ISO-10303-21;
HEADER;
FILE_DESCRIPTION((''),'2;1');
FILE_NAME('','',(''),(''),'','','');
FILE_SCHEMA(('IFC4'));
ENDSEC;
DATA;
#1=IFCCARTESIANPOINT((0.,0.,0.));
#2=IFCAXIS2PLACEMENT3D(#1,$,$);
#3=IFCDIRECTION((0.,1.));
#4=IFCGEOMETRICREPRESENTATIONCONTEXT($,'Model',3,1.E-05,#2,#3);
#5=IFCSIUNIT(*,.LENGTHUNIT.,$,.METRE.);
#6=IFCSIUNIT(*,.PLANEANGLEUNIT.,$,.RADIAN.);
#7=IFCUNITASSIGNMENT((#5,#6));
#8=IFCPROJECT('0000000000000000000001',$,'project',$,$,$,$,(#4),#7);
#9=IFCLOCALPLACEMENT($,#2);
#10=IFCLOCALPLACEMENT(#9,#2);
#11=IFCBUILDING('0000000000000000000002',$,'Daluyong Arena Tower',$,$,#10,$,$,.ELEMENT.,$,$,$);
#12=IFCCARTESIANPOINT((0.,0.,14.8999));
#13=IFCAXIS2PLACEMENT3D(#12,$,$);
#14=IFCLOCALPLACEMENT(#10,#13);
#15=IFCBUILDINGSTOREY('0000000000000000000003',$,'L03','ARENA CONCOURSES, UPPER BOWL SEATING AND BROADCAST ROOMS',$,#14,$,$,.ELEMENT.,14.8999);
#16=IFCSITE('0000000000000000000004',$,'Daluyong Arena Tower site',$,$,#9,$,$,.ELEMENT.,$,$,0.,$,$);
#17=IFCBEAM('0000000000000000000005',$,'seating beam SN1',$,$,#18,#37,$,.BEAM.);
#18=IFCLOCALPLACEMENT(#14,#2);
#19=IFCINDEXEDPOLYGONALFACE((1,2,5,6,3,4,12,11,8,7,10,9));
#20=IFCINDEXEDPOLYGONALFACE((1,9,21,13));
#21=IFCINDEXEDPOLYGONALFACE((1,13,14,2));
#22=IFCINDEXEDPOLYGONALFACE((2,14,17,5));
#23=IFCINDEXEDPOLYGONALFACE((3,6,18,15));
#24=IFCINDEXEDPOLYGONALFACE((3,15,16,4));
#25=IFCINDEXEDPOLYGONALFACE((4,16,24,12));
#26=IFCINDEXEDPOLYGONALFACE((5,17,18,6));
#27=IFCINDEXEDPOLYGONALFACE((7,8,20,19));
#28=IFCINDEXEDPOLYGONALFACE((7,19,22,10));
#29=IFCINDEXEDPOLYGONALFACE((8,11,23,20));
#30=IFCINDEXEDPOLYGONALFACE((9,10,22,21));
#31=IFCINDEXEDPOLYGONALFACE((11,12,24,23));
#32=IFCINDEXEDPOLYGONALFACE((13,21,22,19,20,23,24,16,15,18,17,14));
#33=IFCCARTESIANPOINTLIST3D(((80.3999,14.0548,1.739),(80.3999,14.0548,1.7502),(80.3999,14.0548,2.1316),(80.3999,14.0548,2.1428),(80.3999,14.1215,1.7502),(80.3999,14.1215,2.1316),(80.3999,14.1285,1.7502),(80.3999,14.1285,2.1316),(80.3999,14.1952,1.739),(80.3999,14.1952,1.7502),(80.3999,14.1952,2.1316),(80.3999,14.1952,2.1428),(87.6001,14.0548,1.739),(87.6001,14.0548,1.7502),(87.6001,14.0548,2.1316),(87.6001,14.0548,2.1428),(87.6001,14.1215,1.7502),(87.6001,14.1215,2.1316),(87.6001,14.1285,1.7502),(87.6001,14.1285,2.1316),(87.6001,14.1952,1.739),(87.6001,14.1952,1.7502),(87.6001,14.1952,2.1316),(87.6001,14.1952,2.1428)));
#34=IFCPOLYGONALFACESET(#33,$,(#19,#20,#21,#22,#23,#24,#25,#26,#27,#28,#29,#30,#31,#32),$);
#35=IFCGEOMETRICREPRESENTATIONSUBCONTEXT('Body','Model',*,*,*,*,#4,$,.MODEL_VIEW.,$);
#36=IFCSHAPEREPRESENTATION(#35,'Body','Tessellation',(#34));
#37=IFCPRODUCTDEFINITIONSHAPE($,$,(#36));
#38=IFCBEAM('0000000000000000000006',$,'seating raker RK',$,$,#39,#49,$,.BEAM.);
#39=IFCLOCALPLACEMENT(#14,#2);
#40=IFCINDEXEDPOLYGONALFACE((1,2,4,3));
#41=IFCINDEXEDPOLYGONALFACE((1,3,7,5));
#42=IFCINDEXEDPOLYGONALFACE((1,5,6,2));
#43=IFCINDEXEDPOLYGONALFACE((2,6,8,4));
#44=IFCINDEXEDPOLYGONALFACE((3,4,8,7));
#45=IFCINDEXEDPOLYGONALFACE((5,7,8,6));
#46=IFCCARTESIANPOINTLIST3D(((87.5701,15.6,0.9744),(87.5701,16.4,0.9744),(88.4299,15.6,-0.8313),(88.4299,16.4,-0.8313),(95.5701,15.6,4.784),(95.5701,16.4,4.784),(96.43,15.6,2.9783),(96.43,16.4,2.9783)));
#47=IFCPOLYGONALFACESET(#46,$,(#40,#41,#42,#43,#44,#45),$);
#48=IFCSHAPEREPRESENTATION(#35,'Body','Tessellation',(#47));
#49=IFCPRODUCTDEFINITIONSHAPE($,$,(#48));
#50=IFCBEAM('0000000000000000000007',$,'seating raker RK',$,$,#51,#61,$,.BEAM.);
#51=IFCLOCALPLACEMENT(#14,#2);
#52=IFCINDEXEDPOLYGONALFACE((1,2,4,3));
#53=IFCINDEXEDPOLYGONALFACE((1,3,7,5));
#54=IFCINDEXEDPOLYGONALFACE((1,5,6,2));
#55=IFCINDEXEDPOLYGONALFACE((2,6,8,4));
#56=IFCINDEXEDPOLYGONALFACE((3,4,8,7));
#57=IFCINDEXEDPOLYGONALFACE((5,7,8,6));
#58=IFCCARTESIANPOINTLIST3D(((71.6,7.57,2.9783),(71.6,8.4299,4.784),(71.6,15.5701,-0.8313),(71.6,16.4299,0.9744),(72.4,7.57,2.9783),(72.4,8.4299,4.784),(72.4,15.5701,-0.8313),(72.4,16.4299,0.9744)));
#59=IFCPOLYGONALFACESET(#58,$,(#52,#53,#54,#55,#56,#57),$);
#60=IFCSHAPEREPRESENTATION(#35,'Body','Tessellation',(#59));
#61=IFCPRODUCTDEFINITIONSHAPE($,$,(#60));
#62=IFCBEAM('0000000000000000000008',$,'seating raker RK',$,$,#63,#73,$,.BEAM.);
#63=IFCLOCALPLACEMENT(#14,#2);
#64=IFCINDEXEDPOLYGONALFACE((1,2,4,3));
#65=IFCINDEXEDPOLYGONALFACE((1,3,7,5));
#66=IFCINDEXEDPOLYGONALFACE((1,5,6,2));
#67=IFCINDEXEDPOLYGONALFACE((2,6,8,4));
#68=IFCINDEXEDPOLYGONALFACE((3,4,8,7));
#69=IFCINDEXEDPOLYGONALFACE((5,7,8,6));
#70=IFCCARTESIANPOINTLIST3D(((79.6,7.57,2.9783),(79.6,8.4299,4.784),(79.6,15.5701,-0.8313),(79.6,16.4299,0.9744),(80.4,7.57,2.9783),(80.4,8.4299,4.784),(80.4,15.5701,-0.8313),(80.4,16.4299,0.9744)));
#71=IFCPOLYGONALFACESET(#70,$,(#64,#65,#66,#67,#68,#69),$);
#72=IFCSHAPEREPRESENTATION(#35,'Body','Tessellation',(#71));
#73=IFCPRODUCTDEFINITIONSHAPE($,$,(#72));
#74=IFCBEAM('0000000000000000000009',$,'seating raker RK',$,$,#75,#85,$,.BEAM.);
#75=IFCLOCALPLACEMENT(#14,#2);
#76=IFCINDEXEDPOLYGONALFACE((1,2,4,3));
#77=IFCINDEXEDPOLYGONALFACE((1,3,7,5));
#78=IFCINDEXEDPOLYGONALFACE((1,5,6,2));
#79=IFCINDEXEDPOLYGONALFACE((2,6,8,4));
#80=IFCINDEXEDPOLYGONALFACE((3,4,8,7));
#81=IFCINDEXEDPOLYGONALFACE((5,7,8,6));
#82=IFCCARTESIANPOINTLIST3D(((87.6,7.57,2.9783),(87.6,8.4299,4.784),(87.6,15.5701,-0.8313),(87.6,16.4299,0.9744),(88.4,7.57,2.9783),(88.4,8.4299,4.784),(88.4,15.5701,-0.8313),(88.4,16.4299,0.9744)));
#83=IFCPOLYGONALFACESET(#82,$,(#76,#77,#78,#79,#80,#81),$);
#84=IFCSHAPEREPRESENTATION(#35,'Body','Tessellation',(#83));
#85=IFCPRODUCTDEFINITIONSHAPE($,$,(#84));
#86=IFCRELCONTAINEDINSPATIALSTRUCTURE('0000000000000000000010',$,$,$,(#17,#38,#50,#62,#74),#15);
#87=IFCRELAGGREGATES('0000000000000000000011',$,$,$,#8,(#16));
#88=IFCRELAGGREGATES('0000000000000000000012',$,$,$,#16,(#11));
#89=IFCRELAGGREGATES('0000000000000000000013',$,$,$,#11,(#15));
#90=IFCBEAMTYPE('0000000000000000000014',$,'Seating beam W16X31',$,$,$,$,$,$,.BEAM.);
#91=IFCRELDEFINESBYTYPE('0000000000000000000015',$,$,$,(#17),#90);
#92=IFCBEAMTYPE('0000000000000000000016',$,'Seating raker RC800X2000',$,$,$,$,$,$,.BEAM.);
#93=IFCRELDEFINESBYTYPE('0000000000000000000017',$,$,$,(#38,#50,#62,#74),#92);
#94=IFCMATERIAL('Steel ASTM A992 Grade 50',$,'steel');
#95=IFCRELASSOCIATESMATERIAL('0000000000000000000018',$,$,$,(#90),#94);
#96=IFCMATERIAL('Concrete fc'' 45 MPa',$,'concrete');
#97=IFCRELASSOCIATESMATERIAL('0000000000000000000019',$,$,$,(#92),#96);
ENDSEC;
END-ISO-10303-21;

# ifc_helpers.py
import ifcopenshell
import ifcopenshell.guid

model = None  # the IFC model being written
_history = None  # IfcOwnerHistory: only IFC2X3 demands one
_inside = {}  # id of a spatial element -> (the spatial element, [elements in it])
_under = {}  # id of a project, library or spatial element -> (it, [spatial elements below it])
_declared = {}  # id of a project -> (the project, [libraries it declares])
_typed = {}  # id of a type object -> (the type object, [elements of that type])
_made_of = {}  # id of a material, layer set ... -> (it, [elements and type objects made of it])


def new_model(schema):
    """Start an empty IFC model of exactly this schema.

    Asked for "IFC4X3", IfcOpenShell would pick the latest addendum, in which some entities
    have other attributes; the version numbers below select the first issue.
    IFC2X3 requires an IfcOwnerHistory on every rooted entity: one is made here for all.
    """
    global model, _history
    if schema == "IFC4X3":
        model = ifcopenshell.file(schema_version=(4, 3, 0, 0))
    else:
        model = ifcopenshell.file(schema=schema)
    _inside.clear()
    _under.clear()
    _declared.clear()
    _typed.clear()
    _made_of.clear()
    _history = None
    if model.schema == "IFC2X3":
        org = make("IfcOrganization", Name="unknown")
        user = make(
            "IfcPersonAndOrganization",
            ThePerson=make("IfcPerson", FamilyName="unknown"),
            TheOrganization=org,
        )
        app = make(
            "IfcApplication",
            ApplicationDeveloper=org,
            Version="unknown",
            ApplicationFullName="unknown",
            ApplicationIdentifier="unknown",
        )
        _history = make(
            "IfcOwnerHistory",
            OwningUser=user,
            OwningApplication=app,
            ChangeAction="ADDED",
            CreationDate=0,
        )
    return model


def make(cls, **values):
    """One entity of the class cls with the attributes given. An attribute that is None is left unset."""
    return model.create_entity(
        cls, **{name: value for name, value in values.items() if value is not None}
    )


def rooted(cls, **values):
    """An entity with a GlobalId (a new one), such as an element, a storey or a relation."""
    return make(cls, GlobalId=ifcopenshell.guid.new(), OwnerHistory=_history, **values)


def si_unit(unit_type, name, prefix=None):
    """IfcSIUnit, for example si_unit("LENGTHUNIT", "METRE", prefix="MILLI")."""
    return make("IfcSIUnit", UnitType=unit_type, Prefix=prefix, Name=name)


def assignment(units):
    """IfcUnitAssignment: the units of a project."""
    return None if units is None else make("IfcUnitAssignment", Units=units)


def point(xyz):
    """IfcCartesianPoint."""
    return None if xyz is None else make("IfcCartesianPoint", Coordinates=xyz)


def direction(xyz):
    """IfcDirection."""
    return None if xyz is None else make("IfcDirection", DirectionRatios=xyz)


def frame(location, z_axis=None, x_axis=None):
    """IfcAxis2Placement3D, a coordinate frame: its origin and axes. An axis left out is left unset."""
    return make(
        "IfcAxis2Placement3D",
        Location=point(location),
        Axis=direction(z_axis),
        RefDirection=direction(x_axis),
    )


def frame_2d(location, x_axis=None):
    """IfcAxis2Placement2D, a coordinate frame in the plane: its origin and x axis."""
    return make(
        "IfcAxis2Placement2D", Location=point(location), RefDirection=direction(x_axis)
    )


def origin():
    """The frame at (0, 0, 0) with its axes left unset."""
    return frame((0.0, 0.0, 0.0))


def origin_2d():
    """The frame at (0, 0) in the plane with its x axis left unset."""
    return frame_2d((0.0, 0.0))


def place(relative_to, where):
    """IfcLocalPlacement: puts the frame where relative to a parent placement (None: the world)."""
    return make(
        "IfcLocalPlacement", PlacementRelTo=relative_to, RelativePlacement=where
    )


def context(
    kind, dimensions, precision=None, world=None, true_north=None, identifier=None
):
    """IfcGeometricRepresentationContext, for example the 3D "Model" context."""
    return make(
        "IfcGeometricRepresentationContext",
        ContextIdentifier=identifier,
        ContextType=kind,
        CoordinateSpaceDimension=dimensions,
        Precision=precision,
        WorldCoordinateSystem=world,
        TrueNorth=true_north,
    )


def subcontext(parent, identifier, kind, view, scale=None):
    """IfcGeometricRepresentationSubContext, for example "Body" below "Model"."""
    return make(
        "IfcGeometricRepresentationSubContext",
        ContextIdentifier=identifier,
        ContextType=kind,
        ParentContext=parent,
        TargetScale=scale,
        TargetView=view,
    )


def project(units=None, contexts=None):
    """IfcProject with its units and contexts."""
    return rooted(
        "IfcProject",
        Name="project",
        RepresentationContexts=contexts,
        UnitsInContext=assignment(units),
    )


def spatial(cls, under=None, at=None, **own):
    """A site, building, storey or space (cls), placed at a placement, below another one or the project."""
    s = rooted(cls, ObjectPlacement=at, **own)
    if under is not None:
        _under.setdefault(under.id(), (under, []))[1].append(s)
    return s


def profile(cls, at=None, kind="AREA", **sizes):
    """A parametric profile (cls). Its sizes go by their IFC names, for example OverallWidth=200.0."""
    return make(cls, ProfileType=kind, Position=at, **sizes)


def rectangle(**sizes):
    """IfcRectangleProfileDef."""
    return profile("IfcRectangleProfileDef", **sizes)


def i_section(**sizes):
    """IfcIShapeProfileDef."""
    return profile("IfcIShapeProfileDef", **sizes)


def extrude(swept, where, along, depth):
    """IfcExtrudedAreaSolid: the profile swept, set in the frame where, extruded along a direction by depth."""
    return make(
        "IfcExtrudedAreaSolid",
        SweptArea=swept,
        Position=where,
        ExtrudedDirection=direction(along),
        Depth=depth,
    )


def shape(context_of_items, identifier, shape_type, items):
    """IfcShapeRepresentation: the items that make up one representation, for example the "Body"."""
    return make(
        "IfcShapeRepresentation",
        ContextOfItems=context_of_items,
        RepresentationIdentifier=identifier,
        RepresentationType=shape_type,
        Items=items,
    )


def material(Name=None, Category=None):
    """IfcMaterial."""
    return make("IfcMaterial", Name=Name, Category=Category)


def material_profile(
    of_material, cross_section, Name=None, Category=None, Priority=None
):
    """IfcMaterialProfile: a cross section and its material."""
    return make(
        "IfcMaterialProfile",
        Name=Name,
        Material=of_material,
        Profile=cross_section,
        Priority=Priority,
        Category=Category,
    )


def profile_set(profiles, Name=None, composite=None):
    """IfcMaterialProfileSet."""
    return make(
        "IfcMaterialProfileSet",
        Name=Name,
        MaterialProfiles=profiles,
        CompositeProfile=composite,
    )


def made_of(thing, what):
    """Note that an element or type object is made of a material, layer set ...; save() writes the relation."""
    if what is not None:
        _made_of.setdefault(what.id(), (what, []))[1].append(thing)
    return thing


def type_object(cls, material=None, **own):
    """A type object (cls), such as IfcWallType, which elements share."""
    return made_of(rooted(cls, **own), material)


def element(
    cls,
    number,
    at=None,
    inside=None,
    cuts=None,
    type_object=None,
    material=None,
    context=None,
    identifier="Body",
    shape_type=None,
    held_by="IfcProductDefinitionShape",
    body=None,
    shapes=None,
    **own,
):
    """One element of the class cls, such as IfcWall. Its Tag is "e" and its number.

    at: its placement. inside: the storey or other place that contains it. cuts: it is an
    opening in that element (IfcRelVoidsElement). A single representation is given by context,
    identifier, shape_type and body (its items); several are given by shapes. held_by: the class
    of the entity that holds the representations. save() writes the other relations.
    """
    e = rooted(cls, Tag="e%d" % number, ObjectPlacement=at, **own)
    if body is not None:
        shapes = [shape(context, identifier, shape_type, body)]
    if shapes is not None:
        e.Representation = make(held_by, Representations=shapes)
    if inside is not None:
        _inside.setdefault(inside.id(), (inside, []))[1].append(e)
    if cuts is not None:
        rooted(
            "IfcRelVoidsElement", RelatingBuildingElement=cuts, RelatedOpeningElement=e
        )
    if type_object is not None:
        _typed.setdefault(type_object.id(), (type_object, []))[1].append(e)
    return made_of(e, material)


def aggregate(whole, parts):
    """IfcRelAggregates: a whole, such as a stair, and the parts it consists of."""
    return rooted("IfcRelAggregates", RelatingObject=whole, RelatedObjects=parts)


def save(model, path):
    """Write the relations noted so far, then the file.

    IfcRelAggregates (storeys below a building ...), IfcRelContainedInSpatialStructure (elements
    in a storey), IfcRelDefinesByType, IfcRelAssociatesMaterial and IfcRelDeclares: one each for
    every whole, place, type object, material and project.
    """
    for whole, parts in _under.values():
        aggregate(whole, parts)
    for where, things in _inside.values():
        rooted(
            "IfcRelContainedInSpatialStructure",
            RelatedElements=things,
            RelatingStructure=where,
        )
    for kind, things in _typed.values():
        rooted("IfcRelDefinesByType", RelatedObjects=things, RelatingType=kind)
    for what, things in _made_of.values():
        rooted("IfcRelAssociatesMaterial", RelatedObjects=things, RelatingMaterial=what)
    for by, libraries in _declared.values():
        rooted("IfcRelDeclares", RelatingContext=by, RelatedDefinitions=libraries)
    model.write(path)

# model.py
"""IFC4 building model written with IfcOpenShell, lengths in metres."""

from ifc_helpers import new_model, si_unit, direction, frame, origin, origin_2d, place, context, subcontext, project, spatial, rectangle, i_section, extrude, material, material_profile, profile_set, type_object, element, save


model = new_model("IFC4")

# Units and contexts
model_context = context("Model", 3, precision=1e-05, world=origin(), true_north=direction((0.0, 1.0)))
body_context = subcontext(model_context, "Body", "Model", "MODEL_VIEW")
ifc_project = project(units=[si_unit("LENGTHUNIT", "METRE"), si_unit("PLANEANGLEUNIT", "RADIAN")], contexts=[model_context])

# Site, building, storey
site_placement = place(None, origin())
site = spatial("IfcSite", under=ifc_project, at=site_placement, Name="Daluyong Arena Tower site", CompositionType="ELEMENT", RefElevation=0.0)
building_placement = place(site_placement, origin())
building = spatial("IfcBuilding", under=site, at=building_placement, Name="Daluyong Arena Tower", CompositionType="ELEMENT")
storey_placement = place(building_placement, frame((0.0, 0.0, 14.8999)))
storey = spatial("IfcBuildingStorey", under=building, at=storey_placement, Name="L03", Description="ARENA CONCOURSES, UPPER BOWL SEATING AND BROADCAST ROOMS", CompositionType="ELEMENT", Elevation=14.8999)

# Beams
ifc_material_1 = material(Name="Steel ASTM A992 Grade 50", Category="steel")
ifc_material_profile_1 = material_profile(ifc_material_1, i_section(OverallWidth=0.1404, OverallDepth=0.4038, WebThickness=0.0071, FlangeThickness=0.0112, at=origin_2d()))
ifc_profile_set_1 = profile_set([ifc_material_profile_1], Name="Steel ASTM A992 Grade 50")
beam_type_1 = type_object("IfcBeamType", Name="Seating beam W16X31", PredefinedType="BEAM", material=ifc_profile_set_1)
for number, where, z_axis, x_axis, name in (
    (1, (80.3999, 14.125, 1.9409), (1.0, 0.0, 0.0), (0.0, 1.0, 0.0), "seating beam SN1"),
):
    element("IfcBeam", number, at=place(storey_placement, frame(where, z_axis=z_axis, x_axis=x_axis)), inside=storey, type_object=beam_type_1, Name=name, PredefinedType="BEAM", context=body_context, shape_type="SweptSolid", body=[
        extrude(i_section(OverallWidth=0.1404, OverallDepth=0.4038, WebThickness=0.0071, FlangeThickness=0.0112, at=origin_2d()), origin(), (0.0, 0.0, 1.0), 7.2002),
    ])
ifc_material_2 = material(Name="Concrete fc' 45 MPa", Category="concrete")
ifc_material_profile_2 = material_profile(ifc_material_2, rectangle(XDim=0.8, YDim=2.0, at=origin_2d()))
ifc_profile_set_2 = profile_set([ifc_material_profile_2], Name="Concrete fc' 45 MPa")
beam_type_2 = type_object("IfcBeamType", Name="Seating raker RC800X2000", PredefinedType="BEAM", material=ifc_profile_set_2)
for number, where, z_axis, x_axis, name in (
    (2, (88.0, 16.0, 0.0715), (0.902858, 0.0, 0.429938), (0.0, 1.0, 0.0), "seating raker RK"),
    (3, (72.0, 16.0, 0.0715), (0.0, -0.902858, 0.429938), (1.0, 0.0, 0.0), "seating raker RK"),
    (4, (80.0, 16.0, 0.0715), (0.0, -0.902858, 0.429938), (1.0, 0.0, 0.0), "seating raker RK"),
    (5, (88.0, 16.0, 0.0715), (0.0, -0.902858, 0.429938), (1.0, 0.0, 0.0), "seating raker RK"),
):
    element("IfcBeam", number, at=place(storey_placement, frame(where, z_axis=z_axis, x_axis=x_axis)), inside=storey, type_object=beam_type_2, Name=name, PredefinedType="BEAM", context=body_context, shape_type="SweptSolid", body=[
        extrude(rectangle(XDim=0.8, YDim=2.0, at=origin_2d()), origin(), (0.0, 0.0, 1.0), 8.8608),
    ])

save(model, "model.ifc")
